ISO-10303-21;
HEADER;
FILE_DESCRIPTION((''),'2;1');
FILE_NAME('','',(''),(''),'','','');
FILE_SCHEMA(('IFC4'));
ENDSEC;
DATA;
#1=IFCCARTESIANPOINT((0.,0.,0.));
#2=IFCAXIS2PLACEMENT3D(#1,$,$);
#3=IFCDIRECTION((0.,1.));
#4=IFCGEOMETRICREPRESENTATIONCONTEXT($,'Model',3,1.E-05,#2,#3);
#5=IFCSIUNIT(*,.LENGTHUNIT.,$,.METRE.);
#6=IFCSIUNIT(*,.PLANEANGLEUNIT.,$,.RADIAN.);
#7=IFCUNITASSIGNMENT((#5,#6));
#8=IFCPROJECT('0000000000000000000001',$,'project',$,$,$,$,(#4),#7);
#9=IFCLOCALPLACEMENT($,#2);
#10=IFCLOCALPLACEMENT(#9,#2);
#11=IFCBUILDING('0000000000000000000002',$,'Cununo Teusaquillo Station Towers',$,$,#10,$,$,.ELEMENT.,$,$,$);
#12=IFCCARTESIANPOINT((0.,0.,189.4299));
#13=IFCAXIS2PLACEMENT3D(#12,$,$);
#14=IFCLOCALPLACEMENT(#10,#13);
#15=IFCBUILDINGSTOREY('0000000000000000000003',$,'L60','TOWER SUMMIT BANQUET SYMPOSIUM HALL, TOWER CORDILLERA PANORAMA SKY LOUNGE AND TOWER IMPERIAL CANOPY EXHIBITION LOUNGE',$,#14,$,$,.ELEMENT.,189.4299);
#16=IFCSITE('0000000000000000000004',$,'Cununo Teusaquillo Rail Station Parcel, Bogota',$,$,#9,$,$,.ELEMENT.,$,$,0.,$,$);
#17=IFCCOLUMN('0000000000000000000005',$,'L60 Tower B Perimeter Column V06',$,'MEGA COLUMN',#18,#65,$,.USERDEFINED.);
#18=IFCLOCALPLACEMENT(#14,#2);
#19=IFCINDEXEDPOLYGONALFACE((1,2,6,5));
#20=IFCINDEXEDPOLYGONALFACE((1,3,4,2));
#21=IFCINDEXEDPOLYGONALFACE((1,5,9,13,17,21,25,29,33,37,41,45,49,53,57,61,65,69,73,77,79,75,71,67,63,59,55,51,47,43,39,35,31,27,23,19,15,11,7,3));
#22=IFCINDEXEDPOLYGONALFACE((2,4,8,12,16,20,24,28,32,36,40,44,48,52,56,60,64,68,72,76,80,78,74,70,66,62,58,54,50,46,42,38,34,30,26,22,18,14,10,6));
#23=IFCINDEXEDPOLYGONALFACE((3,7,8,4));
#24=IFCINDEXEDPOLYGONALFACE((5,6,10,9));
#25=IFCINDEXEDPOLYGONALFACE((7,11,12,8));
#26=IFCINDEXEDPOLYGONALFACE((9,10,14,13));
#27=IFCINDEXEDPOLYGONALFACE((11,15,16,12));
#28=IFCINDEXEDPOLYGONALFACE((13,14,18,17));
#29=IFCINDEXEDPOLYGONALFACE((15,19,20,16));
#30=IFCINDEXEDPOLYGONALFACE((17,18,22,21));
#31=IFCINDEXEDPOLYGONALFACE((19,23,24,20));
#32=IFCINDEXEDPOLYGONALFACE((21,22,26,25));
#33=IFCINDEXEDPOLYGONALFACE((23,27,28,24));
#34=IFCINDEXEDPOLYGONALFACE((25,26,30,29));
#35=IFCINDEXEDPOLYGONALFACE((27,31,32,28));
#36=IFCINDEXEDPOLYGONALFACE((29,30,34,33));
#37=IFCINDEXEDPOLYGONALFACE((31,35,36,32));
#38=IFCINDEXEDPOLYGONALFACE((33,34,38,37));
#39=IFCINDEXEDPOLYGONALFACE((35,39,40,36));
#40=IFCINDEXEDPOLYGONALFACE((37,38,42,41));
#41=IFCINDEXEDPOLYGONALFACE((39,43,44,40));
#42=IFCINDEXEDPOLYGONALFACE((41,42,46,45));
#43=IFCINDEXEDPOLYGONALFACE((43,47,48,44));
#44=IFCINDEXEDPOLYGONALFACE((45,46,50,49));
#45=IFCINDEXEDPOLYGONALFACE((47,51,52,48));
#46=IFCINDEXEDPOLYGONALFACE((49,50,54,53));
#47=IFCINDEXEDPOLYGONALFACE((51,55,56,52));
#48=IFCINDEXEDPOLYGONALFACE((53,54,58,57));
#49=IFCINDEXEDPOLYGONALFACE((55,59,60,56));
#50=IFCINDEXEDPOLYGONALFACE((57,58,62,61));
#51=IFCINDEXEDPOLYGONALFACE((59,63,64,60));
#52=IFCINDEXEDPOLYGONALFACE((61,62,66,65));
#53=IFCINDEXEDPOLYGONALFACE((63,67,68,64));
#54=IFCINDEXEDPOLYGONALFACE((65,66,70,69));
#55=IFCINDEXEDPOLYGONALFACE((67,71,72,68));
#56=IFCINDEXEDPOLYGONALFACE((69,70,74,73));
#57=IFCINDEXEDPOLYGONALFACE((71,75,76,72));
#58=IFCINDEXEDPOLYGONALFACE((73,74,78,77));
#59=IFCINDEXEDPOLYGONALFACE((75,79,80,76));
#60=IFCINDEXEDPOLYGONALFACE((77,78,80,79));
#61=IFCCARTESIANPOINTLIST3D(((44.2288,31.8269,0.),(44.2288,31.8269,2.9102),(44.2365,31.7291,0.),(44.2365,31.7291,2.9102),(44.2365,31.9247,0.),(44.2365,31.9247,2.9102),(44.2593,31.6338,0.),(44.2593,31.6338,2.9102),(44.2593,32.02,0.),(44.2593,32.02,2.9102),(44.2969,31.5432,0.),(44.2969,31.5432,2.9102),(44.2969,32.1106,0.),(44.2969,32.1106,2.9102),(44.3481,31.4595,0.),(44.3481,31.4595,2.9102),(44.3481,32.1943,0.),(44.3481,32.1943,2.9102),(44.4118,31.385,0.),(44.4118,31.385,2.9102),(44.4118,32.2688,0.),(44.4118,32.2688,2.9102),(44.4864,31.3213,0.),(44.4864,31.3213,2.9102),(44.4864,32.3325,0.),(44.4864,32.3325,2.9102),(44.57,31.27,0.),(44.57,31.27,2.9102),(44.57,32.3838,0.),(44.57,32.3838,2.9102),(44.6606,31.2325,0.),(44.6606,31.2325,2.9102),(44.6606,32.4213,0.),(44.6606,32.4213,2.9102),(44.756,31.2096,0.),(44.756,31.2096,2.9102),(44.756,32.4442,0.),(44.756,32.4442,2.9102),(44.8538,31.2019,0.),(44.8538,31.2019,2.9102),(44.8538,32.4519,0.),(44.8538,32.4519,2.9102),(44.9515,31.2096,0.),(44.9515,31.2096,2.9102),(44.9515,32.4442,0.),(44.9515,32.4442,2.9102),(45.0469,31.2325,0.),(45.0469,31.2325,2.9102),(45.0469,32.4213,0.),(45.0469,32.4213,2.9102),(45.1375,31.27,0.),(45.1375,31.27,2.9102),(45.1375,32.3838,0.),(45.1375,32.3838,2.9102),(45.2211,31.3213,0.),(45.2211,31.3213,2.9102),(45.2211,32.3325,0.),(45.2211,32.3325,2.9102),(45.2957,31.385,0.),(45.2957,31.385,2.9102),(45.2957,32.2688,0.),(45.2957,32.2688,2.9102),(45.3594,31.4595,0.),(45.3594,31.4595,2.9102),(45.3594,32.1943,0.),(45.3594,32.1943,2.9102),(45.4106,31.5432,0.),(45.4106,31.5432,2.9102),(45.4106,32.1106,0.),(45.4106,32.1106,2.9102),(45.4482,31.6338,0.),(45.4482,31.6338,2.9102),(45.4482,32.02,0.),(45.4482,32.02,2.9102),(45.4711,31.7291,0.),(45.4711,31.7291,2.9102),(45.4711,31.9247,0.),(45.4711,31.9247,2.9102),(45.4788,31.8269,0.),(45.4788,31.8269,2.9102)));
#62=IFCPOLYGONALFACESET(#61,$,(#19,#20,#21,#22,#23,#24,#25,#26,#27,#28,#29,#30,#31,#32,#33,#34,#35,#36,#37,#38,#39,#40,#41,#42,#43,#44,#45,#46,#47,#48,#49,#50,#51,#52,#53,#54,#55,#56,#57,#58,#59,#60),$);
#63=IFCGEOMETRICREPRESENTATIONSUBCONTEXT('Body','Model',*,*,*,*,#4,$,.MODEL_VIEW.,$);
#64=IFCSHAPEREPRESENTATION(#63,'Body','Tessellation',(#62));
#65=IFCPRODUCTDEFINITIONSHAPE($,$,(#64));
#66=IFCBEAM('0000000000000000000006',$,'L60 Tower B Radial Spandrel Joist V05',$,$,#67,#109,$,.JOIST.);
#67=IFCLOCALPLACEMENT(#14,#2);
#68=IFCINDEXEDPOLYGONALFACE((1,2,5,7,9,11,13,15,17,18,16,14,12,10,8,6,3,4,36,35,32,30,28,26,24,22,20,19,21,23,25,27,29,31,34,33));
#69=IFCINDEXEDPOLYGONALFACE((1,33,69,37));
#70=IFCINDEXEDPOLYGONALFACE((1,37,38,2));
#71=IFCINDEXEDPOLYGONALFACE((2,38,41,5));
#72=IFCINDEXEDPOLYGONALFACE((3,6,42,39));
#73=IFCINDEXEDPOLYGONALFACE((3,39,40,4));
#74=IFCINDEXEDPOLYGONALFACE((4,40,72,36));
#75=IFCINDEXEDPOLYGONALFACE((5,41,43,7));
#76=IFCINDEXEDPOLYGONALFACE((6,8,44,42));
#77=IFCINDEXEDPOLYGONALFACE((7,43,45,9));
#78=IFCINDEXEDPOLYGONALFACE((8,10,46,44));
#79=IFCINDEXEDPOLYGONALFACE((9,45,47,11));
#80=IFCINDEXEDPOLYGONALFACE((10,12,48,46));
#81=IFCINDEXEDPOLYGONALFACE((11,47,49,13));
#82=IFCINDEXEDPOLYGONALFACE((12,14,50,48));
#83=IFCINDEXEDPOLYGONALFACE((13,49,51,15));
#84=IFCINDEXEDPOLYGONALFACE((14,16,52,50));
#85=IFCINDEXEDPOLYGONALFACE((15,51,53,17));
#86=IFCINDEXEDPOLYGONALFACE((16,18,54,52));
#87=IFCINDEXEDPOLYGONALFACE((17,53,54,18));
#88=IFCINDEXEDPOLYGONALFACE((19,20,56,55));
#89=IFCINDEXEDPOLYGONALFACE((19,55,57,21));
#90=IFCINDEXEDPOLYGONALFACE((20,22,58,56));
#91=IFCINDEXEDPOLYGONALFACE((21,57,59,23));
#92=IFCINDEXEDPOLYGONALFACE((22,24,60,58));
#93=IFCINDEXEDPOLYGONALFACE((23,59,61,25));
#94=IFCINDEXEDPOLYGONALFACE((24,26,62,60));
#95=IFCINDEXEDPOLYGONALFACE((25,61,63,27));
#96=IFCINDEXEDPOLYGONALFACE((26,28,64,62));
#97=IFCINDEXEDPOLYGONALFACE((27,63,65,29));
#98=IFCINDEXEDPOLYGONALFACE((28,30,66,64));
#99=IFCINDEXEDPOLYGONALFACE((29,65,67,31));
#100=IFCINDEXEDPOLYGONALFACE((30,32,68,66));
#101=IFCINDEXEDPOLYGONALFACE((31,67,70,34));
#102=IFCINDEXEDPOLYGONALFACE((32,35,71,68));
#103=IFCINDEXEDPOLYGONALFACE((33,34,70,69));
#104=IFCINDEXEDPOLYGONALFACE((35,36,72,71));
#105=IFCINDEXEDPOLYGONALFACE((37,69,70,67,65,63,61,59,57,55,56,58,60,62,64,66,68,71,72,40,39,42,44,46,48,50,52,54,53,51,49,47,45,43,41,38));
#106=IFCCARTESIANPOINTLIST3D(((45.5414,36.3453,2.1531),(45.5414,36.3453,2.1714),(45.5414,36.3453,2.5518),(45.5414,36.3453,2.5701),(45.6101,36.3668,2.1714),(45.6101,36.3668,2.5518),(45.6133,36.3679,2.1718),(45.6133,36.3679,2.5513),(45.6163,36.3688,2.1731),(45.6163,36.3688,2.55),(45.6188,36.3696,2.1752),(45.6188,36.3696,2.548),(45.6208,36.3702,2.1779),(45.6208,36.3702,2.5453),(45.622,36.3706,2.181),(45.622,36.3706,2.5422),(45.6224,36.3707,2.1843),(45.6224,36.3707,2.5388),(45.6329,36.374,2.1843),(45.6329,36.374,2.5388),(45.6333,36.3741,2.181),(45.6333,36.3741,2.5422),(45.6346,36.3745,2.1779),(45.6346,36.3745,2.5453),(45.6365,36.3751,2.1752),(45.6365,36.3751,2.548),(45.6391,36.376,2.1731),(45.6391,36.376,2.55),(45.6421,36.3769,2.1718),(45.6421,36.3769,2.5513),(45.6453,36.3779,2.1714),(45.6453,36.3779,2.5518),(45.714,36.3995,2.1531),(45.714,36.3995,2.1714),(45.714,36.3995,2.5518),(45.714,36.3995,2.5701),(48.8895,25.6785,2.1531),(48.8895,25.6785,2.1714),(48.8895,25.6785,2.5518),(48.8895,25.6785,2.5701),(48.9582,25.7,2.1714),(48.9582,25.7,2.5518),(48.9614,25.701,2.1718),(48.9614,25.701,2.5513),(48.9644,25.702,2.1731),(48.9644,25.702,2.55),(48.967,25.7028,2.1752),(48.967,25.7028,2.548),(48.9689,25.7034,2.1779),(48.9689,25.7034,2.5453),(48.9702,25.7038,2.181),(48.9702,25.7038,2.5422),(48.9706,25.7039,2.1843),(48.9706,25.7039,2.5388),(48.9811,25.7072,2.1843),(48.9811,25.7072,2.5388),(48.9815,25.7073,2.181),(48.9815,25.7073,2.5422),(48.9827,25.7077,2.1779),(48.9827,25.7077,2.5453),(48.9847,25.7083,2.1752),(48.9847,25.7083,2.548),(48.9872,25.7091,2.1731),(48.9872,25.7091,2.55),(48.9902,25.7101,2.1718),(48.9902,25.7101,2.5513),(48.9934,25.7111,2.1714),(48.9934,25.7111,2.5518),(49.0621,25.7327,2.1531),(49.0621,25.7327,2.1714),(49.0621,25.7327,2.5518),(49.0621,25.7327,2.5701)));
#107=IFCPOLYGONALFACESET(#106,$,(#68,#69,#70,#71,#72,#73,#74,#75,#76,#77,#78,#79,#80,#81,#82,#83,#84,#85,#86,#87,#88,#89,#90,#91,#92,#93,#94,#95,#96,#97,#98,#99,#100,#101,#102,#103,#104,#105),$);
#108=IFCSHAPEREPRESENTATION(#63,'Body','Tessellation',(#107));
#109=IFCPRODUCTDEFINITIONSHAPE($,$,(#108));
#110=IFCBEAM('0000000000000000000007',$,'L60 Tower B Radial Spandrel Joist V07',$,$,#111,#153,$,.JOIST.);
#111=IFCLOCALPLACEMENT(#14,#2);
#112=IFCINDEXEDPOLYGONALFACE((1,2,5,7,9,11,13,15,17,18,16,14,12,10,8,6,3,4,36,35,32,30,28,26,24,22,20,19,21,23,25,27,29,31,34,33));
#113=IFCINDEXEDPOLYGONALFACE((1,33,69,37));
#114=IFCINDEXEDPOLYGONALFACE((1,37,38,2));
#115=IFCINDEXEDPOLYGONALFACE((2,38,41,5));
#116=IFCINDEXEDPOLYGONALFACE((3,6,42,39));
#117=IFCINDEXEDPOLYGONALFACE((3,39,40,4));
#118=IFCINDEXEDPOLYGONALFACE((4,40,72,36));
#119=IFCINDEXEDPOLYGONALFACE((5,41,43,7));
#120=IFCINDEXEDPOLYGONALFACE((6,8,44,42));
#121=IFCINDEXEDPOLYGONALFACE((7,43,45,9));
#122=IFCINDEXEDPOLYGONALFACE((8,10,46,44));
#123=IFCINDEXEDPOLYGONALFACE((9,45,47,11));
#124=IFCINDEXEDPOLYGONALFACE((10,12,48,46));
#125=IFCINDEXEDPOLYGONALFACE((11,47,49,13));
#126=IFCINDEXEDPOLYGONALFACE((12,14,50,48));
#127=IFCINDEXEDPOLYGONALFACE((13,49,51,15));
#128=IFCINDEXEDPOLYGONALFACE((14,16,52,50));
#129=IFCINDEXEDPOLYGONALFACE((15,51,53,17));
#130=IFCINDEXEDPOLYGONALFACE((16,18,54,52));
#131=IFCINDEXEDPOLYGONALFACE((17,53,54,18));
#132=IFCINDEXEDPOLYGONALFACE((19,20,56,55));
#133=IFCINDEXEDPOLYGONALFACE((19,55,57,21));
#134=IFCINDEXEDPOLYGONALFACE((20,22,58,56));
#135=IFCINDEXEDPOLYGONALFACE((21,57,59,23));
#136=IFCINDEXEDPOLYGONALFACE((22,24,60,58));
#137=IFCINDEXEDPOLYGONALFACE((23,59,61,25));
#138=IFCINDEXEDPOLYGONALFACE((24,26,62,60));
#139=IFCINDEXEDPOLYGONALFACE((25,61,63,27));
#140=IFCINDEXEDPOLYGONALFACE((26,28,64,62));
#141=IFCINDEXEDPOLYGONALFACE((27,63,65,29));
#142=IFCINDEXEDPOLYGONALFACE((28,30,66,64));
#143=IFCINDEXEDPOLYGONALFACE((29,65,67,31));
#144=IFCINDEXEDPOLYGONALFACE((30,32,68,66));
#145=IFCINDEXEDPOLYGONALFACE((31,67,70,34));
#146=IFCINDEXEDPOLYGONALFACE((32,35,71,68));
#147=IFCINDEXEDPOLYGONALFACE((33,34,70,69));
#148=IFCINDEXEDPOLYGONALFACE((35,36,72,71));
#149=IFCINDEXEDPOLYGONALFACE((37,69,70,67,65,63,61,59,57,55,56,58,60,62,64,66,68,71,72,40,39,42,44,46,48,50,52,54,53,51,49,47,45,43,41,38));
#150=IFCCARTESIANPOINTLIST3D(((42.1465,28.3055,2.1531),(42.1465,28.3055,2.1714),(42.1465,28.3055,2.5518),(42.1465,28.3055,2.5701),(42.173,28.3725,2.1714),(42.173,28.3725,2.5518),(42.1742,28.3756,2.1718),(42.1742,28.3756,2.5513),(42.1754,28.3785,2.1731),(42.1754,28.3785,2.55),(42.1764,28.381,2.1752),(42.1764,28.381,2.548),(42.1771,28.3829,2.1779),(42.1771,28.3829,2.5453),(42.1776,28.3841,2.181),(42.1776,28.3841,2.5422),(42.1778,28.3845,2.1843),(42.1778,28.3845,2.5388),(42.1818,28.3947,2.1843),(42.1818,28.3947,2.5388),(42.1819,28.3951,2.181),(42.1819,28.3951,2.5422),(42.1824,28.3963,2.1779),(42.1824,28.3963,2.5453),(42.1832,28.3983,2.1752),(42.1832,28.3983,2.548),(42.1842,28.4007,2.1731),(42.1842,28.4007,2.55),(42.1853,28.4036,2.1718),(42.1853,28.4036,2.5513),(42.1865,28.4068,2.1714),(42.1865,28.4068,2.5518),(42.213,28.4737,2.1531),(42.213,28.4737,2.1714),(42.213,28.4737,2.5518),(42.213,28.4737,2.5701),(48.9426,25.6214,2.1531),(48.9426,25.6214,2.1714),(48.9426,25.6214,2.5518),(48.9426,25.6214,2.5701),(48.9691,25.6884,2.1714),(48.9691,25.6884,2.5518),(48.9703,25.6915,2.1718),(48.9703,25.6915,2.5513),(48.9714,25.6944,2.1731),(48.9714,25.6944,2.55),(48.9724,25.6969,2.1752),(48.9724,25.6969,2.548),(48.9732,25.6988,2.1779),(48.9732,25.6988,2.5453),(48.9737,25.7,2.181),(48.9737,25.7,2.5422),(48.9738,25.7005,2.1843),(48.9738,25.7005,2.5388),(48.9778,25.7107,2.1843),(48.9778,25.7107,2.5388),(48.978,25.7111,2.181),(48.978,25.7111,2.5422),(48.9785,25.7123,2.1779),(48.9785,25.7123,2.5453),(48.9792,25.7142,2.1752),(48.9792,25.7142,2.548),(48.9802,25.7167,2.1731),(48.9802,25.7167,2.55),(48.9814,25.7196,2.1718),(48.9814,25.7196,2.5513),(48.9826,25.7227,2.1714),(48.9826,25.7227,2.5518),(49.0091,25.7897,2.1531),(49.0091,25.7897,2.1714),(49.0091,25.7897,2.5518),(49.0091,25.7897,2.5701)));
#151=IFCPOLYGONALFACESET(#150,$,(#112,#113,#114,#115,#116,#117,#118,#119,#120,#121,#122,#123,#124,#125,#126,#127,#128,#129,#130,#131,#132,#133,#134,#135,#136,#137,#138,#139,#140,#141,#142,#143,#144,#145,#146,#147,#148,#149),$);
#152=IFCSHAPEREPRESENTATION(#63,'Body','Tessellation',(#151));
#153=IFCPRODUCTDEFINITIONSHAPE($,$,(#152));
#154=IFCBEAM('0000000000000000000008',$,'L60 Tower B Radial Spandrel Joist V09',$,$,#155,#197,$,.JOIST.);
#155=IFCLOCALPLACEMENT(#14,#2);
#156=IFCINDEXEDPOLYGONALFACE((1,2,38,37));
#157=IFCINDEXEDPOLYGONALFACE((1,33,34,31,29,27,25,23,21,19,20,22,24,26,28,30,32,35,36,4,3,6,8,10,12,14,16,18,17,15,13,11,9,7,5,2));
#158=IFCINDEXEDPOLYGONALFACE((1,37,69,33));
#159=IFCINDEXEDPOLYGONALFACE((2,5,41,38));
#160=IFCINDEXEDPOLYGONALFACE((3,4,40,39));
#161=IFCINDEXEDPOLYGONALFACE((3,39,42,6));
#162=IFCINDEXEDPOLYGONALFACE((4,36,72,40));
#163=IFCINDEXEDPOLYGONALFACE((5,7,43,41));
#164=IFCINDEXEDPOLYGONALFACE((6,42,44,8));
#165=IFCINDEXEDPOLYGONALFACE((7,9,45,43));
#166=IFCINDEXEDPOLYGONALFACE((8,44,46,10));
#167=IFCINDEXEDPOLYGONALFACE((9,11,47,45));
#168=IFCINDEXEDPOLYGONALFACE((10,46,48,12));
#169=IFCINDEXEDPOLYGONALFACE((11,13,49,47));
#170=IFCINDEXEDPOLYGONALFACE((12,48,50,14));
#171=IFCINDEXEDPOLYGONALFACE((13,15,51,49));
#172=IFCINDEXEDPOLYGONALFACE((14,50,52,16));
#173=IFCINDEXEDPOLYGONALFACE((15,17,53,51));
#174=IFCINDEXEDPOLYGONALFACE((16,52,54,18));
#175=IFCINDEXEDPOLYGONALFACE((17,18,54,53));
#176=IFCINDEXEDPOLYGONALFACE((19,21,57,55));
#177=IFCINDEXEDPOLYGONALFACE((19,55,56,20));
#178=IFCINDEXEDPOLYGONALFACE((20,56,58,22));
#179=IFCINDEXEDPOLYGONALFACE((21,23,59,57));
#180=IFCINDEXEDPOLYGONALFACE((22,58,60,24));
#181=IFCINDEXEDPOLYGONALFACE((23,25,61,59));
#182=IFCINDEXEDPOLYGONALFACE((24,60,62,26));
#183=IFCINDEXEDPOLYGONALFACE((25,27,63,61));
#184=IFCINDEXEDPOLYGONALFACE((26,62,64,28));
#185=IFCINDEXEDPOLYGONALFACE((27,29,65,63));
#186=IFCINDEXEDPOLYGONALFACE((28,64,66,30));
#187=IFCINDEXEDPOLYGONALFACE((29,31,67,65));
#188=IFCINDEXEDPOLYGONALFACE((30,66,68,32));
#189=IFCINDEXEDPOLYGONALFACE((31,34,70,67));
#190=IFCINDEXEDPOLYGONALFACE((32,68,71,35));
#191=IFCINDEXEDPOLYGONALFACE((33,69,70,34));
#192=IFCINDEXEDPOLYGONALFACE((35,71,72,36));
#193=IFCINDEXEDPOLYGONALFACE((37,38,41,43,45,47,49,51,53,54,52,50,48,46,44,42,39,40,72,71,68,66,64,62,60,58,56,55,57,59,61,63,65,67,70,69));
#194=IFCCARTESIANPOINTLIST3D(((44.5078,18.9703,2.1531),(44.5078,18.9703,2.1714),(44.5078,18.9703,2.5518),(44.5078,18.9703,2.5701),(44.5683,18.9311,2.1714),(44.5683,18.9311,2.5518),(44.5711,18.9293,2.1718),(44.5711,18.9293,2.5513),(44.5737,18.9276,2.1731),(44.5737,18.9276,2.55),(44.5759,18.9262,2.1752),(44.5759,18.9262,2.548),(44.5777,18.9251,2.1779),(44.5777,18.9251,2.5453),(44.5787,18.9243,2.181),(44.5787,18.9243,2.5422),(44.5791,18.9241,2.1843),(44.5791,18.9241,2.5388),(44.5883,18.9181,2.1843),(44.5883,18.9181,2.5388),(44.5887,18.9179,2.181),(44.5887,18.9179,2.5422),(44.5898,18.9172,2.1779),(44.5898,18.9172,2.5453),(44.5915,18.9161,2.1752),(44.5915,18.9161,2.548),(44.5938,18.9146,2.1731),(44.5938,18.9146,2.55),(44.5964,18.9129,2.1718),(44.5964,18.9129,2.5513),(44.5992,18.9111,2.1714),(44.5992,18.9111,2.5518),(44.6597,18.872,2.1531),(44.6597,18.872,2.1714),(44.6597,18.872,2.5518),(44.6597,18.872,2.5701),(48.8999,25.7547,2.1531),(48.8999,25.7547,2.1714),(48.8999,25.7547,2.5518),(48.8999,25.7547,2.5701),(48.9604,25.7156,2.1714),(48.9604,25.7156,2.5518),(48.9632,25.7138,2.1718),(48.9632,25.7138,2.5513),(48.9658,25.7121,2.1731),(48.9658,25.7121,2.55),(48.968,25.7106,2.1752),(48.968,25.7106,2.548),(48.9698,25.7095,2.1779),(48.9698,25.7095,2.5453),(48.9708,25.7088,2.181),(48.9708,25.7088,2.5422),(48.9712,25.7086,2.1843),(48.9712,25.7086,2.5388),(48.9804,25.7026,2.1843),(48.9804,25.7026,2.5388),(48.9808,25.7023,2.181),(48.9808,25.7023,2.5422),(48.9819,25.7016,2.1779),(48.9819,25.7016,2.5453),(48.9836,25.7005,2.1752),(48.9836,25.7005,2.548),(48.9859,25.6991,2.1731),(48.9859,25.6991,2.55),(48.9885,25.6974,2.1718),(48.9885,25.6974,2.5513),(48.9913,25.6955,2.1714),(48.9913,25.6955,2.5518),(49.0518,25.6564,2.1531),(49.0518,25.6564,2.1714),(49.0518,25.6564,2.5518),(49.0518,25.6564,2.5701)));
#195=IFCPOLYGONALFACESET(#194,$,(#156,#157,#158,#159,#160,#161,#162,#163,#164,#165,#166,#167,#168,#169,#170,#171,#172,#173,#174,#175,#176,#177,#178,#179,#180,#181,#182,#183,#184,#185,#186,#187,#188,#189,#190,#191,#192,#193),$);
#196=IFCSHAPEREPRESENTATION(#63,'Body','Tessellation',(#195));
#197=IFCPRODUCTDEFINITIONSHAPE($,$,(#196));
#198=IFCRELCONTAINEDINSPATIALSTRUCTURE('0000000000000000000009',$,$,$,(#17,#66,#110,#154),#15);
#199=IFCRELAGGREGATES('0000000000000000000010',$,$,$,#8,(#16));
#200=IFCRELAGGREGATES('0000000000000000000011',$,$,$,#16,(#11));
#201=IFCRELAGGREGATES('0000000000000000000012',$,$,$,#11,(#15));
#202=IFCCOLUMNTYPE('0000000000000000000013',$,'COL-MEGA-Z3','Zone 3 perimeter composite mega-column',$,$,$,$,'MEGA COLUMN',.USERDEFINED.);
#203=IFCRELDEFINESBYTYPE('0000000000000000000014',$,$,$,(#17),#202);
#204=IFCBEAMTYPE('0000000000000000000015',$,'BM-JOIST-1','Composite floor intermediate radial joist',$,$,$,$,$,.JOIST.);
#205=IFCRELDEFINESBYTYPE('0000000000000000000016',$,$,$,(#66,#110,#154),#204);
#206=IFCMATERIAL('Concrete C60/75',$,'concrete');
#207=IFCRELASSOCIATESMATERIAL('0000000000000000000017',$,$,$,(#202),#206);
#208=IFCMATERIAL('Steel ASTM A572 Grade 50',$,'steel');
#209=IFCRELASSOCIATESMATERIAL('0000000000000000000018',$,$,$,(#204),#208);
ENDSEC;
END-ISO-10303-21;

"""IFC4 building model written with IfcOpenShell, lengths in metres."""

from ifc_helpers import new_model, si_unit, direction, frame, origin, origin_2d, place, context, subcontext, project, spatial, circle, i_section, extrude, material, material_profile, profile_set, type_object, element, save


model = new_model("IFC4")

# Units and contexts
model_context = context("Model", 3, precision=1e-05, world=origin(), true_north=direction((0.0, 1.0)))
body_context = subcontext(model_context, "Body", "Model", "MODEL_VIEW")
ifc_project = project(units=[si_unit("LENGTHUNIT", "METRE"), si_unit("PLANEANGLEUNIT", "RADIAN")], contexts=[model_context])

# Site, building, storey
site_placement = place(None, origin())
site = spatial("IfcSite", under=ifc_project, at=site_placement, Name="Cununo Teusaquillo Rail Station Parcel, Bogota", CompositionType="ELEMENT", RefElevation=0.0)
building_placement = place(site_placement, origin())
building = spatial("IfcBuilding", under=site, at=building_placement, Name="Cununo Teusaquillo Station Towers", CompositionType="ELEMENT")
storey_placement = place(building_placement, frame((0.0, 0.0, 189.4299)))
storey = spatial("IfcBuildingStorey", under=building, at=storey_placement, Name="L60", Description="TOWER SUMMIT BANQUET SYMPOSIUM HALL, TOWER CORDILLERA PANORAMA SKY LOUNGE AND TOWER IMPERIAL CANOPY EXHIBITION LOUNGE", CompositionType="ELEMENT", Elevation=189.4299)

# Column
ifc_material_1 = material(Name="Concrete C60/75", Category="concrete")
ifc_material_profile_1 = material_profile(ifc_material_1, circle(Radius=0.625, at=origin_2d()), Name="RC-CIRC-1250")
ifc_profile_set_1 = profile_set([ifc_material_profile_1], Name="Concrete C60/75")
column_type = type_object("IfcColumnType", Name="COL-MEGA-Z3", Description="Zone 3 perimeter composite mega-column", ElementType="MEGA COLUMN", PredefinedType="USERDEFINED", material=ifc_profile_set_1)
column_placement = place(storey_placement, frame((44.8538, 31.8269, 0.0), z_axis=(0.0, 0.0, 1.0), x_axis=(1.0, 0.0, 0.0)))
element("IfcColumn", 1, at=column_placement, inside=storey, type_object=column_type, Name="L60 Tower B Perimeter Column V06", ObjectType="MEGA COLUMN", PredefinedType="USERDEFINED", context=body_context, shape_type="SweptSolid", body=[
    extrude(circle(Radius=0.625, at=origin_2d()), origin(), (0.0, 0.0, 1.0), 2.9102),
])

# Beams
ifc_material_2 = material(Name="Steel ASTM A572 Grade 50", Category="steel")
ifc_material_profile_2 = material_profile(ifc_material_2, i_section(OverallWidth=0.1809, OverallDepth=0.417, WebThickness=0.011, FlangeThickness=0.0183, FilletRadius=0.0129, at=origin_2d()), Name="W16X57")
ifc_profile_set_2 = profile_set([ifc_material_profile_2], Name="Steel ASTM A572 Grade 50")
beam_type_1 = type_object("IfcBeamType", Name="BM-JOIST-1", Description="Composite floor intermediate radial joist", PredefinedType="JOIST", material=ifc_profile_set_2)
beam_1_placement = place(storey_placement, frame((48.9758, 25.7056, 2.3616), z_axis=(-0.29948, 0.954103, 0.0), x_axis=(-0.954103, -0.29948, 0.0)))
element("IfcBeam", 2, at=beam_1_placement, inside=storey, type_object=beam_type_1, Name="L60 Tower B Radial Spandrel Joist V05", PredefinedType="JOIST", context=body_context, shape_type="SweptSolid", body=[
    extrude(i_section(OverallWidth=0.1809, OverallDepth=0.417, WebThickness=0.011, FlangeThickness=0.0183, FilletRadius=0.0129, at=origin_2d()), origin(), (0.0, 0.0, 1.0), 11.1799),
])
beam_2_placement = place(storey_placement, frame((48.9758, 25.7056, 2.3616), z_axis=(-0.93009, 0.367332, 0.0), x_axis=(-0.367332, -0.93009, 0.0)))
element("IfcBeam", 3, at=beam_2_placement, inside=storey, type_object=beam_type_1, Name="L60 Tower B Radial Spandrel Joist V07", PredefinedType="JOIST", context=body_context, shape_type="SweptSolid", body=[
    extrude(i_section(OverallWidth=0.1809, OverallDepth=0.417, WebThickness=0.011, FlangeThickness=0.0183, FilletRadius=0.0129, at=origin_2d()), origin(), (0.0, 0.0, 1.0), 7.3069),
])
beam_3_placement = place(storey_placement, frame((48.9758, 25.7056, 2.3616), z_axis=(-0.54344, -0.839448, 0.0), x_axis=(0.839448, -0.54344, 0.0)))
element("IfcBeam", 4, at=beam_3_placement, inside=storey, type_object=beam_type_1, Name="L60 Tower B Radial Spandrel Joist V09", PredefinedType="JOIST", context=body_context, shape_type="SweptSolid", body=[
    extrude(i_section(OverallWidth=0.1809, OverallDepth=0.417, WebThickness=0.011, FlangeThickness=0.0183, FilletRadius=0.0129, at=origin_2d()), origin(), (0.0, 0.0, 1.0), 8.082),
])

save(model, "model.ifc")
